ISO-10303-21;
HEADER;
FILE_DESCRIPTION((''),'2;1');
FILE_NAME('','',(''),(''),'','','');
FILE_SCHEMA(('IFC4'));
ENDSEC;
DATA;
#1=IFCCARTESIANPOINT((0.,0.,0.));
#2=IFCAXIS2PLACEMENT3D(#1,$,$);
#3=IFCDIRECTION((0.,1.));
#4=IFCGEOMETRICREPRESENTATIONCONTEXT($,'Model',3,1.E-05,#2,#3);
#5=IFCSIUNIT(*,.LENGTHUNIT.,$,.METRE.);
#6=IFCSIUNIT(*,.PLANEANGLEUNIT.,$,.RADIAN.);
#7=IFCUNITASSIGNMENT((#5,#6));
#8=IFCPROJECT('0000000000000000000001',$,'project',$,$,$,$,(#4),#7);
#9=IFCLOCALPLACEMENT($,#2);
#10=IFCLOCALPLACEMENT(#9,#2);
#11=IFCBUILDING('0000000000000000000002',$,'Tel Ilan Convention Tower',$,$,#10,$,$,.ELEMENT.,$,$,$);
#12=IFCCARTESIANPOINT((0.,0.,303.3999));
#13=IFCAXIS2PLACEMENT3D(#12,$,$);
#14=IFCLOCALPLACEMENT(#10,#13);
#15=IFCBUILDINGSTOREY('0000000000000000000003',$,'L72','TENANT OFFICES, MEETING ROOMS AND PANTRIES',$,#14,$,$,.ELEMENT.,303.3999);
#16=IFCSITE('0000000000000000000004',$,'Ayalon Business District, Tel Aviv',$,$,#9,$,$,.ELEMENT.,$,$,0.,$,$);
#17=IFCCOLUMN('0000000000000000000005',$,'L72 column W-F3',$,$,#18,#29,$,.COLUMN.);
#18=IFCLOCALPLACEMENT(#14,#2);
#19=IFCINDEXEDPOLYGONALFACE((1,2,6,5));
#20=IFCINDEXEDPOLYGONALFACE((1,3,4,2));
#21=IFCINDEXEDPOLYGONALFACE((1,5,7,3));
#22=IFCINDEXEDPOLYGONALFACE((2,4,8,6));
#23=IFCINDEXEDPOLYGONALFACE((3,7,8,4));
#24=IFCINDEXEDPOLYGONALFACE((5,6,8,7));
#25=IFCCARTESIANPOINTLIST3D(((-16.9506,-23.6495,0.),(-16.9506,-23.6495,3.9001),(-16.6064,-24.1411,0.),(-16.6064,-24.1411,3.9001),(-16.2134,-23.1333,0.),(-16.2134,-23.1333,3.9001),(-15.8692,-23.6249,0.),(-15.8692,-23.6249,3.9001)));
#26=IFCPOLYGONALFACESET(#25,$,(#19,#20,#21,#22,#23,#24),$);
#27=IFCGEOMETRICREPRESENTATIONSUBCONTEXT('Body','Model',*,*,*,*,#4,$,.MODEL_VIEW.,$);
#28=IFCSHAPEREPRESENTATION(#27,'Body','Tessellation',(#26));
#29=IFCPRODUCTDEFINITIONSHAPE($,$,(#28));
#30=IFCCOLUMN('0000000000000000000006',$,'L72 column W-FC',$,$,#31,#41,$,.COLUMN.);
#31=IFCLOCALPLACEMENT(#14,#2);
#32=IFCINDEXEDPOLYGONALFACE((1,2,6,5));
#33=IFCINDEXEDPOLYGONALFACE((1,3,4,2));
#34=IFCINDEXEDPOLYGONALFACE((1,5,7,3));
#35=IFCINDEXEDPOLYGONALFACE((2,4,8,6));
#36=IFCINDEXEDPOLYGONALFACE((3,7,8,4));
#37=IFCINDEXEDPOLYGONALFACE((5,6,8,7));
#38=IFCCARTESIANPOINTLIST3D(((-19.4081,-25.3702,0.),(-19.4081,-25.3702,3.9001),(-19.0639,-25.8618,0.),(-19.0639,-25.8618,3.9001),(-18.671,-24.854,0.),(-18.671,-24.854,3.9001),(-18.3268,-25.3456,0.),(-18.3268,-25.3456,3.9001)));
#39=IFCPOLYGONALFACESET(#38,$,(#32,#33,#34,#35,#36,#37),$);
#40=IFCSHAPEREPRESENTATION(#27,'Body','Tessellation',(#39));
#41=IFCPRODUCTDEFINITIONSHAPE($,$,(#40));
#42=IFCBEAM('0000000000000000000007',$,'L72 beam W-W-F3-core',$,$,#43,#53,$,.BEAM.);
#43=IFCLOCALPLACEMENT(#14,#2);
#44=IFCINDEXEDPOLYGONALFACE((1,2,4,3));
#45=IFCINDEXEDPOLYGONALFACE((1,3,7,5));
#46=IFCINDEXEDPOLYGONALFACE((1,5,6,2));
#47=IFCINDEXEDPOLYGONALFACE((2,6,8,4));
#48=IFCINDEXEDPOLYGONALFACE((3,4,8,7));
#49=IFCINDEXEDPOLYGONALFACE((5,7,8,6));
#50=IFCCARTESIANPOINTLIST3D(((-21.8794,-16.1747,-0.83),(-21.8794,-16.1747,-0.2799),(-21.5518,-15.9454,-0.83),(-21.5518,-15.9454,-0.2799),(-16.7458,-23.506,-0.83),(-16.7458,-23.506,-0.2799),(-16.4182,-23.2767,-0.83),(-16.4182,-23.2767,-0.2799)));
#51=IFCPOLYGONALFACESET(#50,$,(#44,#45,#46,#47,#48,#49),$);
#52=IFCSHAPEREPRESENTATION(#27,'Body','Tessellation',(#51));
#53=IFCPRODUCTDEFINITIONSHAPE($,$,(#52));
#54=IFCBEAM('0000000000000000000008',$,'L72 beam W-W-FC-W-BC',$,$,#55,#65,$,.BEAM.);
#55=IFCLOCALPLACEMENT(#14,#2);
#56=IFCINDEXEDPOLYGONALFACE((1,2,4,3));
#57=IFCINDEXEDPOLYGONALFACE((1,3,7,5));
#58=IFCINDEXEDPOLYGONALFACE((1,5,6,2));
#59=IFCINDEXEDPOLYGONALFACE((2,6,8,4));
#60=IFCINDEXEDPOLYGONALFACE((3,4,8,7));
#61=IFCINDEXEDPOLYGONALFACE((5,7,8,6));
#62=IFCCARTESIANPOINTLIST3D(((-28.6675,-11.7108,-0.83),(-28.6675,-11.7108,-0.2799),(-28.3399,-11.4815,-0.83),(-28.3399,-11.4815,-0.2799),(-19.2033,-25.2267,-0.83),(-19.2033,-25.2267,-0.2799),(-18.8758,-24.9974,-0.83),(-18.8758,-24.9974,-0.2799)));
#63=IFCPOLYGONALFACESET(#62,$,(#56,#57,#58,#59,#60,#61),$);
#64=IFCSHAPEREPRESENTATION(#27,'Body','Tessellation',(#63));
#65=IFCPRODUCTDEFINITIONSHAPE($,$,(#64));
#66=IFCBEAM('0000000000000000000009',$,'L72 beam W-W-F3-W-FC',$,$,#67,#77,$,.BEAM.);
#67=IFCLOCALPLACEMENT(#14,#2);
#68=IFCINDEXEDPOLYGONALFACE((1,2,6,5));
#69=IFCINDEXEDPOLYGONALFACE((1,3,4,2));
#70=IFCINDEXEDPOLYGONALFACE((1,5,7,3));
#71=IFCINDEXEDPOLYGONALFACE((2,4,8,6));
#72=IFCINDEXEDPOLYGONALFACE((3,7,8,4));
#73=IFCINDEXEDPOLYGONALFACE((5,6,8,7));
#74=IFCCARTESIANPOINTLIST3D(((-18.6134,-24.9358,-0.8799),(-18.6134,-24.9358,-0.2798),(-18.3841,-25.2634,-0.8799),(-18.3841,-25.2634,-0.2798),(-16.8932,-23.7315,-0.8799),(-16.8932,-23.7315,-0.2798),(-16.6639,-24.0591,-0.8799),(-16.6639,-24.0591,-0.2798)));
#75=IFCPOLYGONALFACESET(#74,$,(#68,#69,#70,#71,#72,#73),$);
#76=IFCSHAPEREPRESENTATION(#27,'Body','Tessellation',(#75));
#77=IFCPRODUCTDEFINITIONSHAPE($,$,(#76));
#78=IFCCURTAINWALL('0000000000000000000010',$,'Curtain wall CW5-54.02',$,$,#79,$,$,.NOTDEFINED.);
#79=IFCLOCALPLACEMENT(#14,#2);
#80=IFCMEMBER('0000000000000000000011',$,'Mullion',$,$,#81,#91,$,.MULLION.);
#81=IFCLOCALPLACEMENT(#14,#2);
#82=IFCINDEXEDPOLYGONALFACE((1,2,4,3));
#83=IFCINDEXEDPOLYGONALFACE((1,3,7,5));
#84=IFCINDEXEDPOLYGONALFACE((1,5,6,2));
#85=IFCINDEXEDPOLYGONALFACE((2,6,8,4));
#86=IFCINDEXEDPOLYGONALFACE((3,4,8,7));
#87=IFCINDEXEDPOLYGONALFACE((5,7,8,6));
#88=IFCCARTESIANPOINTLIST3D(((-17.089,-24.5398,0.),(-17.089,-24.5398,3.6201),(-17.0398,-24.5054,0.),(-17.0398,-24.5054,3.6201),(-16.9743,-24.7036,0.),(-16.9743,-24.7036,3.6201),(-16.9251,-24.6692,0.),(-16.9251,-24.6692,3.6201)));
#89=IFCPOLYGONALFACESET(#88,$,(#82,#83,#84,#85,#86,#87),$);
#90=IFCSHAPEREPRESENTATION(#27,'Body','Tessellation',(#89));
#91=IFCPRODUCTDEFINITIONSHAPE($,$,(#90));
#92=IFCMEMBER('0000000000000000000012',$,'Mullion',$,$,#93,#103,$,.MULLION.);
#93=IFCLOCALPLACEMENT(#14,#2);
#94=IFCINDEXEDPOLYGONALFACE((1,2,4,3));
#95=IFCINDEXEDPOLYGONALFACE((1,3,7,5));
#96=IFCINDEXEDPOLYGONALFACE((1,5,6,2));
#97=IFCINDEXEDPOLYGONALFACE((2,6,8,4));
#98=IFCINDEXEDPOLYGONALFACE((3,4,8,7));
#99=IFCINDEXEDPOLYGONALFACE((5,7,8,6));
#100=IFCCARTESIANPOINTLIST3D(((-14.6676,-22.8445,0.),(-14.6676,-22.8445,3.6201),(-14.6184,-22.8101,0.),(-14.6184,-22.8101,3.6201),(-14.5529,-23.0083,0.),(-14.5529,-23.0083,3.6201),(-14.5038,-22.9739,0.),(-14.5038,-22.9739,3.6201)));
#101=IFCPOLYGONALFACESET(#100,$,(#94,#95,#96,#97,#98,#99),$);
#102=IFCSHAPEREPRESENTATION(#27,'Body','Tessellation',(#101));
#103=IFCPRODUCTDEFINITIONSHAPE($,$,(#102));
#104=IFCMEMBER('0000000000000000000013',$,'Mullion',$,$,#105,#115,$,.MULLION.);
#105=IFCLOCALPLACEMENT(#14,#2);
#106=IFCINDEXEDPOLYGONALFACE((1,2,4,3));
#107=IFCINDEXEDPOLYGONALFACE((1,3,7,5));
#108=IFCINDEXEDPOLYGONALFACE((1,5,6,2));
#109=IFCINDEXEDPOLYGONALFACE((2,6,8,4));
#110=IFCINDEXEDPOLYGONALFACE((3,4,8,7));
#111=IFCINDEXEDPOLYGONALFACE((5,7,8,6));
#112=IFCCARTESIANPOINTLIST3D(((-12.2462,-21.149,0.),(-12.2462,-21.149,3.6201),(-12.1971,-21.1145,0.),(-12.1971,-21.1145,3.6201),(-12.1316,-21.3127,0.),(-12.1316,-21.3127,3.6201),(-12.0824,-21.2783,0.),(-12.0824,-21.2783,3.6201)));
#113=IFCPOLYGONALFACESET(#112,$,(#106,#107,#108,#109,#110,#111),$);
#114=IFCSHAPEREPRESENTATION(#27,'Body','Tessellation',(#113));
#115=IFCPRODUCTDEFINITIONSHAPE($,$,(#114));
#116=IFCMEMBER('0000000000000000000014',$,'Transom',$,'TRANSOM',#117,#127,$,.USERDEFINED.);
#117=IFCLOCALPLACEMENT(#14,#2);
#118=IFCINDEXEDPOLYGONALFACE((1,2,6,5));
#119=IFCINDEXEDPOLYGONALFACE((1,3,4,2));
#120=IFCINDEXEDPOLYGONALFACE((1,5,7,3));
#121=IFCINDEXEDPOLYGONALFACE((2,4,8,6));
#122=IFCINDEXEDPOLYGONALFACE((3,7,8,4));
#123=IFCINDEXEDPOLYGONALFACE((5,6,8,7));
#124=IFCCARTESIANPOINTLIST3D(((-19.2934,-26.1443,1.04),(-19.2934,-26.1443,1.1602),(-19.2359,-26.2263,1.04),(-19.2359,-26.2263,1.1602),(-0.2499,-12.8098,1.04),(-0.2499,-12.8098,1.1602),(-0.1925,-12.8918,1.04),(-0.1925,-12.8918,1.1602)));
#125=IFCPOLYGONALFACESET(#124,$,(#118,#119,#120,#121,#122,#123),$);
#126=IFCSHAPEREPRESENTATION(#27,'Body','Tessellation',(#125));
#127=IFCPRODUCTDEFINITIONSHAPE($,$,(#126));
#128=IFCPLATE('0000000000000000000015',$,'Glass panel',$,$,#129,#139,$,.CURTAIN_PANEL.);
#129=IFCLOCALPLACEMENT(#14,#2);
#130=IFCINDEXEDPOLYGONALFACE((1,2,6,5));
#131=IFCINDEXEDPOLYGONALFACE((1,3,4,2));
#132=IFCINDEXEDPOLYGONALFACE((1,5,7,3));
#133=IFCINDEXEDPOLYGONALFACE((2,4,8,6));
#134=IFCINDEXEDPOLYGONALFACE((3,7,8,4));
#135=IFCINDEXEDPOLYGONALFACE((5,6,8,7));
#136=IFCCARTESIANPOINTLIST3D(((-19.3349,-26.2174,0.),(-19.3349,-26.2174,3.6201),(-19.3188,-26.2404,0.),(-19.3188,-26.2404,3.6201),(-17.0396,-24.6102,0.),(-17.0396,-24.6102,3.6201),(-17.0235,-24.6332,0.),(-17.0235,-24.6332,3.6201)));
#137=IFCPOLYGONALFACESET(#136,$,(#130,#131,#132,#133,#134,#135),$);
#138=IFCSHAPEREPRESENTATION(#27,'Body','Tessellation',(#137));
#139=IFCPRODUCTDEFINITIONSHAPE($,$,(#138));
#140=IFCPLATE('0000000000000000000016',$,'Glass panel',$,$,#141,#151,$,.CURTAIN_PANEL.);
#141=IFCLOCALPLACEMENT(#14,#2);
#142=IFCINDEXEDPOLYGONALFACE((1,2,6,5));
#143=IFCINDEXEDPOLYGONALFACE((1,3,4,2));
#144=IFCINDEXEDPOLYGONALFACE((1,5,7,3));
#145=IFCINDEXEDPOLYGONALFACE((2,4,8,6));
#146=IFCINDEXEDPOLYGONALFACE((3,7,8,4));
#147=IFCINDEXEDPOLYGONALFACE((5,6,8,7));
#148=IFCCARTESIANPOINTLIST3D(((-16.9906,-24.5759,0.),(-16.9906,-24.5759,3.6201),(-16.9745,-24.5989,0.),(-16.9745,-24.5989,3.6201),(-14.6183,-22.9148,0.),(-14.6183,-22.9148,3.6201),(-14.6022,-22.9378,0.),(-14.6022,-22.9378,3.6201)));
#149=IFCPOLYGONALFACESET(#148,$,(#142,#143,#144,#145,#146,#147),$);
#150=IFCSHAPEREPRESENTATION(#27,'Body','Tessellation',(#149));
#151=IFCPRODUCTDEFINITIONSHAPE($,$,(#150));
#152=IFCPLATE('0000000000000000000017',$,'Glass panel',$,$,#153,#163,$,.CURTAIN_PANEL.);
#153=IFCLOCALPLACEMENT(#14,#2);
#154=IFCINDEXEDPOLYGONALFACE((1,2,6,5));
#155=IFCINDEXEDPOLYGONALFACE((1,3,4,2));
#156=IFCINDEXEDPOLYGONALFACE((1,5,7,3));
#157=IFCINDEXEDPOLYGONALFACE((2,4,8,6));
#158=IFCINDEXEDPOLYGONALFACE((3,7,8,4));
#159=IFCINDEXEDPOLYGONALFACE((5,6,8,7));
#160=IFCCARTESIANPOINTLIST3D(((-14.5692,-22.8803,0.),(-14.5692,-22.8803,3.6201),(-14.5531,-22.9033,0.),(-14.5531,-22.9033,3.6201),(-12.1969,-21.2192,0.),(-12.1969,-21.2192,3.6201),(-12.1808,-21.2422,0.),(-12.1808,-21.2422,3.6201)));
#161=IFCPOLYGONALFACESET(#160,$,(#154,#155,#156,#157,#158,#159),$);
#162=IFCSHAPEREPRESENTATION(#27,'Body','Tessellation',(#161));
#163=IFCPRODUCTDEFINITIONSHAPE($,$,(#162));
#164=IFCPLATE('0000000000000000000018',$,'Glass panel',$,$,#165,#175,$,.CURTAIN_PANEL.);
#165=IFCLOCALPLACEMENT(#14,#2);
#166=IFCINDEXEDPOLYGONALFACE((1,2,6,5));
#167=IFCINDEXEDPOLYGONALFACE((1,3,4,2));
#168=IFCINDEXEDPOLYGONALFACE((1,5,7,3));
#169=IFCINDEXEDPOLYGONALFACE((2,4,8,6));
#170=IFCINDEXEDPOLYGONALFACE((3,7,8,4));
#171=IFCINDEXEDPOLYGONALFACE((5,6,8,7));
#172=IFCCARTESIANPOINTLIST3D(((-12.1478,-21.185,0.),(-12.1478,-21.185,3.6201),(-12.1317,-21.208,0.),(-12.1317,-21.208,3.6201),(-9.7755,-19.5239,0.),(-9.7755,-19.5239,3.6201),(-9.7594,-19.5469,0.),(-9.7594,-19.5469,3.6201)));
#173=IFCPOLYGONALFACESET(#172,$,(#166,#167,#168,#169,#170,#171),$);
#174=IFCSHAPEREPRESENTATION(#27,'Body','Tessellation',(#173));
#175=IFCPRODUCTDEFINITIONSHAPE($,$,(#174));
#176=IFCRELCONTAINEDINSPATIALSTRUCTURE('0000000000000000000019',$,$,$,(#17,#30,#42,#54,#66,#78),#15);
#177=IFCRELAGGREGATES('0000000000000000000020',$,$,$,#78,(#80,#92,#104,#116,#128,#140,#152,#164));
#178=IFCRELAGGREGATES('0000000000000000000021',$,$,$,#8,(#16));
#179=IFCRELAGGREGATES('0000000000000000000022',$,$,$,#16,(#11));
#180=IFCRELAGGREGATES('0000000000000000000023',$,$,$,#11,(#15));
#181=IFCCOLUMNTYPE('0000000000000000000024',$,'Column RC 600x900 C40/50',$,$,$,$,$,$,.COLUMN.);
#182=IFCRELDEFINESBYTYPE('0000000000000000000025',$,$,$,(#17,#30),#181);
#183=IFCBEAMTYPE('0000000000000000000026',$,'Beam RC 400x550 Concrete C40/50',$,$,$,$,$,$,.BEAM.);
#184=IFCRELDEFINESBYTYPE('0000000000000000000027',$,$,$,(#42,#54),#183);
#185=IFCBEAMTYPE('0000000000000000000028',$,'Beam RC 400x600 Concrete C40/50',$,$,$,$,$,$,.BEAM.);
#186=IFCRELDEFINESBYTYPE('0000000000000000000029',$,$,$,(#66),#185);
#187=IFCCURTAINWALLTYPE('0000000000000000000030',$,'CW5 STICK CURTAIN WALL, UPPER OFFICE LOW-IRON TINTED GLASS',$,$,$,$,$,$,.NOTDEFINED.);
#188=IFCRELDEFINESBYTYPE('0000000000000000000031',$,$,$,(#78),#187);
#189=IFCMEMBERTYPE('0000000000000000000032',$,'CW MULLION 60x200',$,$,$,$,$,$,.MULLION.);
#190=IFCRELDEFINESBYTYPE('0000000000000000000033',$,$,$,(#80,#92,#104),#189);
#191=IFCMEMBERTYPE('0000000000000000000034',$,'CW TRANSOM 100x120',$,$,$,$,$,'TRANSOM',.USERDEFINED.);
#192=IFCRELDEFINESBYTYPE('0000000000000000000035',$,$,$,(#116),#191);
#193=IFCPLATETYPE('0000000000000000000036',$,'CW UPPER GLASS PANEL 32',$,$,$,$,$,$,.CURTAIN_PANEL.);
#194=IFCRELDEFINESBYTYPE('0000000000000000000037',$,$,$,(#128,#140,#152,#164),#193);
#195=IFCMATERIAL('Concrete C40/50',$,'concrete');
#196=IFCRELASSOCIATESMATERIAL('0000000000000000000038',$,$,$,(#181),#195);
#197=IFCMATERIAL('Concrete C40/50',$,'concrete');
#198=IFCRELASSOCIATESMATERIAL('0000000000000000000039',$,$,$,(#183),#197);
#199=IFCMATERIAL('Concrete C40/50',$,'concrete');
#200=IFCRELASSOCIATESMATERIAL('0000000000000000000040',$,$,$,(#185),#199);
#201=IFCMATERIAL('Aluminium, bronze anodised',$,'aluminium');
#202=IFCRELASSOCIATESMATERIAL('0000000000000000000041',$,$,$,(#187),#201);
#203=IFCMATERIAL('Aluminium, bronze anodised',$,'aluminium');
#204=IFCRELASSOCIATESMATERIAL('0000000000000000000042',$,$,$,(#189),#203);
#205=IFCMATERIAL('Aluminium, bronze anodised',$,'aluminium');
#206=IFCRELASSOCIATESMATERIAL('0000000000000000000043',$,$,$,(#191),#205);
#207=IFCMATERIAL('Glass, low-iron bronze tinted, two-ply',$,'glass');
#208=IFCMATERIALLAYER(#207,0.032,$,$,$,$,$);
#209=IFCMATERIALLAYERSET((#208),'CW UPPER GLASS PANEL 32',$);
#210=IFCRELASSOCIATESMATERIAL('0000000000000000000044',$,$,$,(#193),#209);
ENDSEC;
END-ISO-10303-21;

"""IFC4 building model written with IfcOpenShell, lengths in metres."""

from ifc_helpers import new_model, si_unit, direction, frame, origin, origin_2d, place, context, subcontext, project, spatial, rectangle, extrude, material, layer, layer_set, material_profile, profile_set, type_object, element, aggregate, save


model = new_model("IFC4")

# Units and contexts
model_context = context("Model", 3, precision=1e-05, world=origin(), true_north=direction((0.0, 1.0)))
body_context = subcontext(model_context, "Body", "Model", "MODEL_VIEW")
ifc_project = project(units=[si_unit("LENGTHUNIT", "METRE"), si_unit("PLANEANGLEUNIT", "RADIAN")], contexts=[model_context])

# Site, building, storey
site_placement = place(None, origin())
site = spatial("IfcSite", under=ifc_project, at=site_placement, Name="Ayalon Business District, Tel Aviv", CompositionType="ELEMENT", RefElevation=0.0)
building_placement = place(site_placement, origin())
building = spatial("IfcBuilding", under=site, at=building_placement, Name="Tel Ilan Convention Tower", CompositionType="ELEMENT")
storey_placement = place(building_placement, frame((0.0, 0.0, 303.3999)))
storey = spatial("IfcBuildingStorey", under=building, at=storey_placement, Name="L72", Description="TENANT OFFICES, MEETING ROOMS AND PANTRIES", CompositionType="ELEMENT", Elevation=303.3999)

# Columns
ifc_material_1 = material(Name="Concrete C40/50", Category="concrete")
ifc_material_profile_1 = material_profile(ifc_material_1, rectangle(XDim=0.8999, YDim=0.6001, at=origin_2d()), Name="RC 600x900")
ifc_profile_set_1 = profile_set([ifc_material_profile_1], Name="Concrete C40/50")
column_type = type_object("IfcColumnType", Name="Column RC 600x900 C40/50", PredefinedType="COLUMN", material=ifc_profile_set_1)
for number, where, z_axis, x_axis, name in (
    (1, (-16.4099, -23.6372, 0.0), (0.0, 0.0, 1.0), (-0.819152, -0.573576, 0.0), "L72 column W-F3"),
    (2, (-18.8674, -25.3579, 0.0), (0.0, 0.0, 1.0), (-0.819152, -0.573576, 0.0), "L72 column W-FC"),
):
    element("IfcColumn", number, at=place(storey_placement, frame(where, z_axis=z_axis, x_axis=x_axis)), inside=storey, type_object=column_type, Name=name, PredefinedType="COLUMN", context=body_context, shape_type="SweptSolid", body=[
        extrude(rectangle(XDim=0.8999, YDim=0.6001, at=origin_2d()), origin(), (0.0, 0.0, 1.0), 3.9001),
    ])

# Beams
ifc_material_2 = material(Name="Concrete C40/50", Category="concrete")
ifc_material_profile_2 = material_profile(ifc_material_2, rectangle(XDim=0.3999, YDim=0.55, at=origin_2d()), Name="RC 400x550")
ifc_profile_set_2 = profile_set([ifc_material_profile_2], Name="Concrete C40/50")
beam_type_1 = type_object("IfcBeamType", Name="Beam RC 400x550 Concrete C40/50", PredefinedType="BEAM", material=ifc_profile_set_2)
beam_1_placement = place(storey_placement, frame((-16.582, -23.3914, -0.5549), z_axis=(-0.573585, 0.819146, 0.0), x_axis=(-0.819146, -0.573585, 0.0)))
element("IfcBeam", 3, at=beam_1_placement, inside=storey, type_object=beam_type_1, Name="L72 beam W-W-F3-core", PredefinedType="BEAM", context=body_context, shape_type="SweptSolid", body=[
    extrude(rectangle(XDim=0.3999, YDim=0.55, at=origin_2d()), origin(), (0.0, 0.0, 1.0), 8.95),
])
beam_2_placement = place(storey_placement, frame((-19.0396, -25.1121, -0.5549), z_axis=(-0.573584, 0.819146, 0.0), x_axis=(-0.819146, -0.573584, 0.0)))
element("IfcBeam", 4, at=beam_2_placement, inside=storey, type_object=beam_type_1, Name="L72 beam W-W-FC-W-BC", PredefinedType="BEAM", context=body_context, shape_type="SweptSolid", body=[
    extrude(rectangle(XDim=0.3999, YDim=0.55, at=origin_2d()), origin(), (0.0, 0.0, 1.0), 16.5),
])
ifc_material_3 = material(Name="Concrete C40/50", Category="concrete")
ifc_material_profile_3 = material_profile(ifc_material_3, rectangle(XDim=0.3999, YDim=0.6001, at=origin_2d()), Name="RC 400x600")
ifc_profile_set_3 = profile_set([ifc_material_profile_3], Name="Concrete C40/50")
beam_type_2 = type_object("IfcBeamType", Name="Beam RC 400x600 Concrete C40/50", PredefinedType="BEAM", material=ifc_profile_set_3)
beam_3_placement = place(storey_placement, frame((-16.7786, -23.8953, -0.5798), z_axis=(-0.819188, -0.573525, 0.0), x_axis=(0.573525, -0.819188, 0.0)))
element("IfcBeam", 5, at=beam_3_placement, inside=storey, type_object=beam_type_2, Name="L72 beam W-W-F3-W-FC", PredefinedType="BEAM", context=body_context, shape_type="SweptSolid", body=[
    extrude(rectangle(XDim=0.3999, YDim=0.6001, at=origin_2d()), origin(), (0.0, 0.0, 1.0), 2.0999),
])

# Curtain wall, members, plates
ifc_material_4 = material(Name="Aluminium, bronze anodised", Category="aluminium")
curtain_wall_type = type_object("IfcCurtainWallType", Name="CW5 STICK CURTAIN WALL, UPPER OFFICE LOW-IRON TINTED GLASS", PredefinedType="NOTDEFINED", material=ifc_material_4)
curtain_wall_placement = place(storey_placement, origin())
curtain_wall = element("IfcCurtainWall", 6, at=curtain_wall_placement, inside=storey, type_object=curtain_wall_type, Name="Curtain wall CW5-54.02", PredefinedType="NOTDEFINED")
ifc_material_5 = material(Name="Aluminium, bronze anodised", Category="aluminium")
ifc_material_profile_4 = material_profile(ifc_material_5, rectangle(XDim=0.0601, YDim=0.2, at=origin_2d()), Name="CW MULLION 60x200")
ifc_profile_set_4 = profile_set([ifc_material_profile_4], Name="Aluminium, bronze anodised")
member_type_1 = type_object("IfcMemberType", Name="CW MULLION 60x200", PredefinedType="MULLION", material=ifc_profile_set_4)
member_1_placement = place(storey_placement, frame((-17.0071, -24.6045, 0.0), z_axis=(0.0, 0.0, 1.0), x_axis=(0.819152, 0.573576, 0.0)))
member_1 = element("IfcMember", 7, at=member_1_placement, type_object=member_type_1, Name="Mullion", PredefinedType="MULLION", context=body_context, shape_type="SweptSolid", body=[
    extrude(rectangle(XDim=0.0601, YDim=0.2, at=origin_2d()), origin(), (0.0, 0.0, 1.0), 3.6201),
])
member_2_placement = place(storey_placement, frame((-14.5857, -22.9092, 0.0), z_axis=(0.0, 0.0, 1.0), x_axis=(0.819152, 0.573576, 0.0)))
member_2 = element("IfcMember", 8, at=member_2_placement, type_object=member_type_1, Name="Mullion", PredefinedType="MULLION", context=body_context, shape_type="SweptSolid", body=[
    extrude(rectangle(XDim=0.0601, YDim=0.2, at=origin_2d()), origin(), (0.0, 0.0, 1.0), 3.6201),
])
member_3_placement = place(storey_placement, frame((-12.1643, -21.2136, 0.0), z_axis=(0.0, 0.0, 1.0), x_axis=(0.819152, 0.573576, 0.0)))
member_3 = element("IfcMember", 9, at=member_3_placement, type_object=member_type_1, Name="Mullion", PredefinedType="MULLION", context=body_context, shape_type="SweptSolid", body=[
    extrude(rectangle(XDim=0.0601, YDim=0.2, at=origin_2d()), origin(), (0.0, 0.0, 1.0), 3.6201),
])
ifc_material_6 = material(Name="Aluminium, bronze anodised", Category="aluminium")
ifc_material_profile_5 = material_profile(ifc_material_6, rectangle(XDim=0.1001, YDim=0.1201, at=origin_2d()), Name="CW TRANSOM 100x120")
ifc_profile_set_5 = profile_set([ifc_material_profile_5], Name="Aluminium, bronze anodised")
member_type_2 = type_object("IfcMemberType", Name="CW TRANSOM 100x120", ElementType="TRANSOM", PredefinedType="USERDEFINED", material=ifc_profile_set_5)
member_4_placement = place(storey_placement, frame((-19.2646, -26.1853, 1.1001), z_axis=(0.81915, 0.573579, 0.0), x_axis=(-0.573579, 0.81915, 0.0)))
member_4 = element("IfcMember", 10, at=member_4_placement, type_object=member_type_2, Name="Transom", ObjectType="TRANSOM", PredefinedType="USERDEFINED", context=body_context, shape_type="SweptSolid", body=[
    extrude(rectangle(XDim=0.1001, YDim=0.1201, at=origin_2d()), origin(), (0.0, 0.0, 1.0), 23.2478),
])
ifc_material_7 = material(Name="Glass, low-iron bronze tinted, two-ply", Category="glass")
ifc_layer_1 = layer(ifc_material_7, 0.032)
ifc_layer_set_1 = layer_set([ifc_layer_1], Name="CW UPPER GLASS PANEL 32")
plate_type = type_object("IfcPlateType", Name="CW UPPER GLASS PANEL 32", PredefinedType="CURTAIN_PANEL", material=ifc_layer_set_1)
plate_1_placement = place(storey_placement, frame((-18.1792, -25.4253, 0.0), z_axis=(0.0, 0.0, 1.0), x_axis=(0.819152, 0.573576, 0.0)))
plate_1 = element("IfcPlate", 11, at=plate_1_placement, type_object=plate_type, Name="Glass panel", PredefinedType="CURTAIN_PANEL", context=body_context, shape_type="SweptSolid", body=[
    extrude(rectangle(XDim=2.802, YDim=0.0281, at=origin_2d()), origin(), (0.0, 0.0, 1.0), 3.6201),
])
plate_2_placement = place(storey_placement, frame((-15.7964, -23.7568, 0.0), z_axis=(0.0, 0.0, 1.0), x_axis=(0.819152, 0.573576, 0.0)))
plate_2 = element("IfcPlate", 12, at=plate_2_placement, type_object=plate_type, Name="Glass panel", PredefinedType="CURTAIN_PANEL", context=body_context, shape_type="SweptSolid", body=[
    extrude(rectangle(XDim=2.896, YDim=0.0281, at=origin_2d()), origin(), (0.0, 0.0, 1.0), 3.6201),
])
plate_3_placement = place(storey_placement, frame((-13.375, -22.0613, 0.0), z_axis=(0.0, 0.0, 1.0), x_axis=(0.819152, 0.573576, 0.0)))
plate_3 = element("IfcPlate", 13, at=plate_3_placement, type_object=plate_type, Name="Glass panel", PredefinedType="CURTAIN_PANEL", context=body_context, shape_type="SweptSolid", body=[
    extrude(rectangle(XDim=2.896, YDim=0.0281, at=origin_2d()), origin(), (0.0, 0.0, 1.0), 3.6201),
])
plate_4_placement = place(storey_placement, frame((-10.9536, -20.366, 0.0), z_axis=(0.0, 0.0, 1.0), x_axis=(0.819152, 0.573576, 0.0)))
plate_4 = element("IfcPlate", 14, at=plate_4_placement, type_object=plate_type, Name="Glass panel", PredefinedType="CURTAIN_PANEL", context=body_context, shape_type="SweptSolid", body=[
    extrude(rectangle(XDim=2.896, YDim=0.0281, at=origin_2d()), origin(), (0.0, 0.0, 1.0), 3.6201),
])
aggregate(curtain_wall, [member_1, member_2, member_3, member_4, plate_1, plate_2, plate_3, plate_4])

save(model, "model.ifc")
